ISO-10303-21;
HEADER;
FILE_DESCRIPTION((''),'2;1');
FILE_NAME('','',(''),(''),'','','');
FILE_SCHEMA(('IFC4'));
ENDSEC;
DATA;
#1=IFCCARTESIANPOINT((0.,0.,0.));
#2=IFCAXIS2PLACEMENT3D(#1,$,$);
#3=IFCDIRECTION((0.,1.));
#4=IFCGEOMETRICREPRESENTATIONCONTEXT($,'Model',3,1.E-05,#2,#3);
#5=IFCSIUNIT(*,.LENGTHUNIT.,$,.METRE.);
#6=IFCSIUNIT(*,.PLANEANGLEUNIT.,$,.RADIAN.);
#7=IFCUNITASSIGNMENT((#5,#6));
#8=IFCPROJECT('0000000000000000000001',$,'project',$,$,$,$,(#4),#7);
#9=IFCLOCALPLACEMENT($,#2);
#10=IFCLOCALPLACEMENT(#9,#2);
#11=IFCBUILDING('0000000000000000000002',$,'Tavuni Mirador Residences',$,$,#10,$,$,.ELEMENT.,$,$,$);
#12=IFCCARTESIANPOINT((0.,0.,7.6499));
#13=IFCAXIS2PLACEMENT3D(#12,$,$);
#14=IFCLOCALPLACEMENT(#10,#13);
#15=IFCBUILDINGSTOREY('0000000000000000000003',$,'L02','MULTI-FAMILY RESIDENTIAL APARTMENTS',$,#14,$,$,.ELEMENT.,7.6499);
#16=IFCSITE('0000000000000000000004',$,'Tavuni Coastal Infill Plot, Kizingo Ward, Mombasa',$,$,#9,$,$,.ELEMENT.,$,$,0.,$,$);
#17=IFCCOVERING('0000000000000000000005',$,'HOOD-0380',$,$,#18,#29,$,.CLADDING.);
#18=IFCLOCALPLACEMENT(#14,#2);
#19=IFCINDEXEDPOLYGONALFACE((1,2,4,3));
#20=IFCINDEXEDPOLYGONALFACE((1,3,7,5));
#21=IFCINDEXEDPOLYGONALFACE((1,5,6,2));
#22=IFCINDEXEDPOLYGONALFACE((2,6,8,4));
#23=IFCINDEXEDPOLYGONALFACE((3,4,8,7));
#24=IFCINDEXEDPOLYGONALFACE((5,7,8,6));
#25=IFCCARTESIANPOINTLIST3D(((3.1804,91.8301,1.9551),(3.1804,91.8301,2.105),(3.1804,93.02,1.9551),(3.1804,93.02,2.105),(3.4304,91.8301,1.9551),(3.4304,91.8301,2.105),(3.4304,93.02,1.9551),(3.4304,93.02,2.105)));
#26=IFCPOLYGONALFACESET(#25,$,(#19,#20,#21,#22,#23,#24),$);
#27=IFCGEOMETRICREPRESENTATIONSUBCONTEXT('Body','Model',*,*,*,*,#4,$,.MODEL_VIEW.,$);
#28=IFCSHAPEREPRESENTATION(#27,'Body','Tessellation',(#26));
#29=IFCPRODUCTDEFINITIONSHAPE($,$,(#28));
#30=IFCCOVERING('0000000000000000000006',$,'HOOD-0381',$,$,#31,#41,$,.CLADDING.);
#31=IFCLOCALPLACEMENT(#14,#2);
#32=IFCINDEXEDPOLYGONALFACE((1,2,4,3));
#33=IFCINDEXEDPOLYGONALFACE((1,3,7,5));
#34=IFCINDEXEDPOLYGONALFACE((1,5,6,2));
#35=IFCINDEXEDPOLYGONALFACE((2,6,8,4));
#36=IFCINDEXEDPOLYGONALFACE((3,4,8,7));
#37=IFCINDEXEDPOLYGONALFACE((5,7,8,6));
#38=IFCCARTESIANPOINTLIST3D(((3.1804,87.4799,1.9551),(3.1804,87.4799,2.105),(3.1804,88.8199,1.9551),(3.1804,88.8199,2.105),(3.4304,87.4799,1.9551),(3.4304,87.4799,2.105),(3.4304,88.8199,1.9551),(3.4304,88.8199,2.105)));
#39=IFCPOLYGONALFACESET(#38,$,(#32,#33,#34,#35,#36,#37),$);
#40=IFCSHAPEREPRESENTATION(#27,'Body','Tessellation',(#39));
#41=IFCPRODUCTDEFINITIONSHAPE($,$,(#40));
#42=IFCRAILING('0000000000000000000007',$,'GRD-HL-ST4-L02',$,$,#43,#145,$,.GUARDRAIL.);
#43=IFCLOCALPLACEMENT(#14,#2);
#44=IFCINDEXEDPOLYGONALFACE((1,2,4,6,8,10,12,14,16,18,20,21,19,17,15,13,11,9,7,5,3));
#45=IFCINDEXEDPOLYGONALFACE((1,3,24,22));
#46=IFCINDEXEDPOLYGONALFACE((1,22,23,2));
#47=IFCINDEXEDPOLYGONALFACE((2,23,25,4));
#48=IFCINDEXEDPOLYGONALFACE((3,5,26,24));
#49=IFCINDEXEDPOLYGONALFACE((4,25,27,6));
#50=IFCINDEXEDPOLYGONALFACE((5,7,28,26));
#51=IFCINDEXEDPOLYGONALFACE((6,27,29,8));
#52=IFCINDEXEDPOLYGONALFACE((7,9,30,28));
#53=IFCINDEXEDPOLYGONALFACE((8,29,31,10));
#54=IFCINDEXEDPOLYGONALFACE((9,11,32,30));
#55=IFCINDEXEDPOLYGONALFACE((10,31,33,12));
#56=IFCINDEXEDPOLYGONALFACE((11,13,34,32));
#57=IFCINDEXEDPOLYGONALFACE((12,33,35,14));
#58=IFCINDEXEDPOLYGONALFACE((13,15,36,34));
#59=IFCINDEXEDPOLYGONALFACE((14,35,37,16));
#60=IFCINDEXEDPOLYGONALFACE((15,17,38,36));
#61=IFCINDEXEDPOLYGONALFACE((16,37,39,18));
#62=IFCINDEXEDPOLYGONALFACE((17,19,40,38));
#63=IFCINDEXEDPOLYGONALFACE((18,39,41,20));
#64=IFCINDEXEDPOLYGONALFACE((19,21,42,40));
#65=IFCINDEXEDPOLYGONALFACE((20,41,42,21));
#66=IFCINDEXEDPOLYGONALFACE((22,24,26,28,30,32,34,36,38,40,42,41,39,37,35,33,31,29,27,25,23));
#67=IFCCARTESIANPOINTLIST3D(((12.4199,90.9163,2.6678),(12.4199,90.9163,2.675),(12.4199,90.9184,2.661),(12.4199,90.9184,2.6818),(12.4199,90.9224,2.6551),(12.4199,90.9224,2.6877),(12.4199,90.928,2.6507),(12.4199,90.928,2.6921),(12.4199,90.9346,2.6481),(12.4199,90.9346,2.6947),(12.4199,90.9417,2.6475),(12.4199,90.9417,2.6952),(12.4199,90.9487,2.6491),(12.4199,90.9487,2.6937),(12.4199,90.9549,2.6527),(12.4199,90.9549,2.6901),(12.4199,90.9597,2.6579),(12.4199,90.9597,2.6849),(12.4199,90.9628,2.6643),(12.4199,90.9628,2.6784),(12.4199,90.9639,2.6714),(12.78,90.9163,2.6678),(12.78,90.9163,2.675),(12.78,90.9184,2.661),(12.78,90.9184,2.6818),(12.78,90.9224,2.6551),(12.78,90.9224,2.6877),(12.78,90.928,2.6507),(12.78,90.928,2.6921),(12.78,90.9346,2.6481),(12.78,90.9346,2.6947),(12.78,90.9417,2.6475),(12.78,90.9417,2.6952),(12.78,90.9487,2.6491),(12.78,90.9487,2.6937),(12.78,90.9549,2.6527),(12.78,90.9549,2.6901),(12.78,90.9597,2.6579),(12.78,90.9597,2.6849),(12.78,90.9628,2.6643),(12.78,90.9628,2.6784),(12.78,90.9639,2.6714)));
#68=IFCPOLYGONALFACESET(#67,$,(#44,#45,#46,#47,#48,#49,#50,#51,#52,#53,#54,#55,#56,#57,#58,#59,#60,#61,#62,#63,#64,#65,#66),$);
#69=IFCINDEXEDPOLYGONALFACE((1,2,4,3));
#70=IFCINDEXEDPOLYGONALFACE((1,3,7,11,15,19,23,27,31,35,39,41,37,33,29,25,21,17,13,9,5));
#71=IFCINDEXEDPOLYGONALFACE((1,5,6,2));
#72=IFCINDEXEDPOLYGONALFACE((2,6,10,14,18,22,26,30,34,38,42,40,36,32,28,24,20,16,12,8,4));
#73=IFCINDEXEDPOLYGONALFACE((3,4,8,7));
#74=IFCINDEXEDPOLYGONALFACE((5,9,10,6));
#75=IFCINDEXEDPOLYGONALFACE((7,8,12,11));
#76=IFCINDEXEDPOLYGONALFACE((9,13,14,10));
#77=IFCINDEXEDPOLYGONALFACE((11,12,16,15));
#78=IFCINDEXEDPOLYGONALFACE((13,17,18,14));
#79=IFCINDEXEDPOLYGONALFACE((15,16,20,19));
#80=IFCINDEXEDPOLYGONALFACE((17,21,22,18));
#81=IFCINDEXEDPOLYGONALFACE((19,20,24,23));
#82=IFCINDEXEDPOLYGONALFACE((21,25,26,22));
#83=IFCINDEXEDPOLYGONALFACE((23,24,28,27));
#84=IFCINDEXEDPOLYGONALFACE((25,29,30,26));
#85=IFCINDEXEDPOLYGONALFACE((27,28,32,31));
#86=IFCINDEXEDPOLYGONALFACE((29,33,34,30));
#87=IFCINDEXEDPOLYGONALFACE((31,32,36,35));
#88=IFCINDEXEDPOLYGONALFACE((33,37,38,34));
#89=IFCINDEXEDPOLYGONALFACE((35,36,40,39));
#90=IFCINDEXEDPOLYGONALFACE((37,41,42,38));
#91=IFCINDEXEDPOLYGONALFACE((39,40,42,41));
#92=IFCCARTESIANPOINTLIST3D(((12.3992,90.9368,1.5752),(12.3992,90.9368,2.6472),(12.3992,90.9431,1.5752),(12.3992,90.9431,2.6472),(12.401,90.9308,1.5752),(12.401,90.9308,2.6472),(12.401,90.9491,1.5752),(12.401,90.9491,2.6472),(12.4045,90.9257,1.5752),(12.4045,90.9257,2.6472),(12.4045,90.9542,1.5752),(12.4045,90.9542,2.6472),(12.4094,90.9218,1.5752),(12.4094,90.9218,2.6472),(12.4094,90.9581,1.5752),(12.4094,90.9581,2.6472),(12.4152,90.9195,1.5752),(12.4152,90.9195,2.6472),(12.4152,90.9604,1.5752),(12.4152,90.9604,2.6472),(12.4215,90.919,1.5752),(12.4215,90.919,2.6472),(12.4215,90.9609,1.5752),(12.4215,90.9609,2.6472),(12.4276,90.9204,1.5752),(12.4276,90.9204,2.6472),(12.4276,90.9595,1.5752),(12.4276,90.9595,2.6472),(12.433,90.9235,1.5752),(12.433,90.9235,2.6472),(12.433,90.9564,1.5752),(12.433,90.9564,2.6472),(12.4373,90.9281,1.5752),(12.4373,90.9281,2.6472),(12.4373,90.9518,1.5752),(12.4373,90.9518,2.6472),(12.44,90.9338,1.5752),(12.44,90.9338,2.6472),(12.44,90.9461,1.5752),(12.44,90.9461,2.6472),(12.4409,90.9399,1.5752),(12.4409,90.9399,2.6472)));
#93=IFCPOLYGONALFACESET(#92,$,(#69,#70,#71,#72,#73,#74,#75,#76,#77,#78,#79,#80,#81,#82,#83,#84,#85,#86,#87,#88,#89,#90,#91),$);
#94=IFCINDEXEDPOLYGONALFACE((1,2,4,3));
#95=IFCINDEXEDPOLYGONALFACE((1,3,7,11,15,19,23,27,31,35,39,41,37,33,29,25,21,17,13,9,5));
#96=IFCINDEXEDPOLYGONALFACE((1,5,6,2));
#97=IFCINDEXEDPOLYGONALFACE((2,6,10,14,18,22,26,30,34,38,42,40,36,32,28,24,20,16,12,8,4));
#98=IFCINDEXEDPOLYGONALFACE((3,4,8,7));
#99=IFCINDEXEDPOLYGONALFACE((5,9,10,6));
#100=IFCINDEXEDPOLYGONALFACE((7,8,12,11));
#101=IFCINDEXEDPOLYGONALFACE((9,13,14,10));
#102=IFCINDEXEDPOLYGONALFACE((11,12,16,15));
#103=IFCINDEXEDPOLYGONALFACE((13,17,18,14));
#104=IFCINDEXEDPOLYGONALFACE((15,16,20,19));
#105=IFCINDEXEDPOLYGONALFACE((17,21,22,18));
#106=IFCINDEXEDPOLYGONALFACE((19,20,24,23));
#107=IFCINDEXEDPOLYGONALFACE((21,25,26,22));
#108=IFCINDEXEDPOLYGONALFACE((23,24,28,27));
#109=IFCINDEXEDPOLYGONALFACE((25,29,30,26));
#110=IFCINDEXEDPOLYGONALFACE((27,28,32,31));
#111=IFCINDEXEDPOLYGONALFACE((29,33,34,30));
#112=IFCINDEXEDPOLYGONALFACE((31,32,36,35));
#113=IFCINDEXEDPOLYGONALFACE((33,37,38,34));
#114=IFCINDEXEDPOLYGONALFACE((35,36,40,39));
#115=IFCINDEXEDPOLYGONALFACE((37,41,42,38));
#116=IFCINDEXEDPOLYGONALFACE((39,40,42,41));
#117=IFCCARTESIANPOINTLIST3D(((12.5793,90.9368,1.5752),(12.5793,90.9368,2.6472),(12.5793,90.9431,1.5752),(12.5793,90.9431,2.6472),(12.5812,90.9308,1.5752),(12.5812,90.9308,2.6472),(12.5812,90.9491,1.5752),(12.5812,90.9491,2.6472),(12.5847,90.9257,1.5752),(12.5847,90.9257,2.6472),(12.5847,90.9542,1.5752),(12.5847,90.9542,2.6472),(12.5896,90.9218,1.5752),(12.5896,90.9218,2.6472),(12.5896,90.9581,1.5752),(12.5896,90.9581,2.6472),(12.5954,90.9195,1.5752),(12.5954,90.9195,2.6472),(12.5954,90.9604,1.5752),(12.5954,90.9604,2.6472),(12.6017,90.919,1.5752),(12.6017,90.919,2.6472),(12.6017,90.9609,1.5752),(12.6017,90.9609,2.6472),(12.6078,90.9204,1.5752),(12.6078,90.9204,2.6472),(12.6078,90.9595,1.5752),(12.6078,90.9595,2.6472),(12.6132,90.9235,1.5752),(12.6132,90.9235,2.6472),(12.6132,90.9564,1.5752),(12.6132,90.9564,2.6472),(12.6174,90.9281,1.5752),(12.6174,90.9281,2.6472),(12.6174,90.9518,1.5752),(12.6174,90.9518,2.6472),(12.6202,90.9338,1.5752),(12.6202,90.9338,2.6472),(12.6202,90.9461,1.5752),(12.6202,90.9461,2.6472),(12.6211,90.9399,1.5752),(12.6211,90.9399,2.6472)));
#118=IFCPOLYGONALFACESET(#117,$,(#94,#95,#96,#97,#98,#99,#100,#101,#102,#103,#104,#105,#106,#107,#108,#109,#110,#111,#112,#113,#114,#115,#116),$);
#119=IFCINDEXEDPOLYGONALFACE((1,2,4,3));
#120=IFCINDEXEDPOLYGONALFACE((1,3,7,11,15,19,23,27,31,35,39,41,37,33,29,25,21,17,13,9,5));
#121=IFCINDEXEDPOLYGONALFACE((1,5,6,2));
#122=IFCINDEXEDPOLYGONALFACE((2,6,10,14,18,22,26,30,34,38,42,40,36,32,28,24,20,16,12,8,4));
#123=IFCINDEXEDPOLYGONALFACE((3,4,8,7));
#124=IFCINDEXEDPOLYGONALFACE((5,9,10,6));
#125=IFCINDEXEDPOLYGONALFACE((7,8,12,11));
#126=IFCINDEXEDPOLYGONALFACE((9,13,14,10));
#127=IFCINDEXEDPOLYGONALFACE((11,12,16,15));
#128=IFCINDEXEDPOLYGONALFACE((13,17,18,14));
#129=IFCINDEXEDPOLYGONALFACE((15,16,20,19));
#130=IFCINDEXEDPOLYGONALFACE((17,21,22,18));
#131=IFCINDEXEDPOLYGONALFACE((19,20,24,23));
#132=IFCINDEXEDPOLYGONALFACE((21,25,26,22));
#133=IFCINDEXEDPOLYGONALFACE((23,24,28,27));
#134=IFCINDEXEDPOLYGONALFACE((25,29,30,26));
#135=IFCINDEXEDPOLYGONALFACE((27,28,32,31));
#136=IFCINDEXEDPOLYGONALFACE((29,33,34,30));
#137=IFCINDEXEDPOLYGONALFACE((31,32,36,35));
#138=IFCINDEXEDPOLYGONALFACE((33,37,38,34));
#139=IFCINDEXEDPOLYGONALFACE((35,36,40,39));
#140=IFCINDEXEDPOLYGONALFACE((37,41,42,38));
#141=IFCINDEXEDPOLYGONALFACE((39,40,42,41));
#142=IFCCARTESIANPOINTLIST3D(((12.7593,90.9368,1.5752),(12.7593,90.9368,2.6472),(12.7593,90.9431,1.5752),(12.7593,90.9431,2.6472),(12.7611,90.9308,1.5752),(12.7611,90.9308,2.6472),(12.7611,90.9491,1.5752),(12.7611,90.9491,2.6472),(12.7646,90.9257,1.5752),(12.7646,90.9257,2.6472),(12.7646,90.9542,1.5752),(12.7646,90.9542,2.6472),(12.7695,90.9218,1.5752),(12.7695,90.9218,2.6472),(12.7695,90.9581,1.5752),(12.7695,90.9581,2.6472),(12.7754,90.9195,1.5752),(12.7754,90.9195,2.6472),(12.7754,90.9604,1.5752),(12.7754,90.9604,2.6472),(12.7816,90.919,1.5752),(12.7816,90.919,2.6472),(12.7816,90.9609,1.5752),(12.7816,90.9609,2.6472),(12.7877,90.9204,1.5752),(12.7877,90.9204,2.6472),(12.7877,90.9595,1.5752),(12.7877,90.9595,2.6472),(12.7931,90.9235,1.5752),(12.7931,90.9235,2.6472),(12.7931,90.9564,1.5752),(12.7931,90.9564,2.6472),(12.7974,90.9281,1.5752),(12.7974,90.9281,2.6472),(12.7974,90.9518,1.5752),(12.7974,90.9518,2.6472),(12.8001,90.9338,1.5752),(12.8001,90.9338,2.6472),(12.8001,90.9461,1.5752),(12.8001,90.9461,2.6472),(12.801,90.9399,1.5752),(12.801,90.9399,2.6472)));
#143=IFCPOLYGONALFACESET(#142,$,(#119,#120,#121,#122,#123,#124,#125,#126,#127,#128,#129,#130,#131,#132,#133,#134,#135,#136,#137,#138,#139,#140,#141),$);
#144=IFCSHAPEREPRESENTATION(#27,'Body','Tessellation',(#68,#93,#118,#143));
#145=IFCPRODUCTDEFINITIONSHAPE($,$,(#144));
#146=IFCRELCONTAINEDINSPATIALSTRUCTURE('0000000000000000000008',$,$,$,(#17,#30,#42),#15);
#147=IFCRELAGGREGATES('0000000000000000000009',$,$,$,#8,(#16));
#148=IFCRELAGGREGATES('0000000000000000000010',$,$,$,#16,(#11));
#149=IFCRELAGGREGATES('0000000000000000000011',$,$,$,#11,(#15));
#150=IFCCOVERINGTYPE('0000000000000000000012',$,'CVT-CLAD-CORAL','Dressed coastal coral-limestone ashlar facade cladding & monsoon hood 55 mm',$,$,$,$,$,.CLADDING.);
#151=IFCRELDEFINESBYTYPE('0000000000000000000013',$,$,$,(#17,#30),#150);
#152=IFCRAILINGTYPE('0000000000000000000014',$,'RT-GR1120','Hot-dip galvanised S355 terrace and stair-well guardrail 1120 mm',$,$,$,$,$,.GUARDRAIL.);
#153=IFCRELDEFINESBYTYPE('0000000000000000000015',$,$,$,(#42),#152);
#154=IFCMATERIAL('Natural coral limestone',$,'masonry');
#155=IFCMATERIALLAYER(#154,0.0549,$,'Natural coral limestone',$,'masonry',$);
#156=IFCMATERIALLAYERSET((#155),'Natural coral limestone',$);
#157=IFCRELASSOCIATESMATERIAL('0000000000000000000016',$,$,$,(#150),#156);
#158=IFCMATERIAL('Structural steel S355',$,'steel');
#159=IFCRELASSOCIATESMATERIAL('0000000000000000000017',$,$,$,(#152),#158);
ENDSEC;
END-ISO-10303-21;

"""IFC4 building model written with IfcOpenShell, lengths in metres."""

from ifc_helpers import new_model, si_unit, direction, frame, origin, origin_2d, place, context, subcontext, project, spatial, rectangle, circle, extrude, material, layer, layer_set, type_object, element, save


model = new_model("IFC4")

# Units and contexts
model_context = context("Model", 3, precision=1e-05, world=origin(), true_north=direction((0.0, 1.0)))
body_context = subcontext(model_context, "Body", "Model", "MODEL_VIEW")
ifc_project = project(units=[si_unit("LENGTHUNIT", "METRE"), si_unit("PLANEANGLEUNIT", "RADIAN")], contexts=[model_context])

# Site, building, storey
site_placement = place(None, origin())
site = spatial("IfcSite", under=ifc_project, at=site_placement, Name="Tavuni Coastal Infill Plot, Kizingo Ward, Mombasa", CompositionType="ELEMENT", RefElevation=0.0)
building_placement = place(site_placement, origin())
building = spatial("IfcBuilding", under=site, at=building_placement, Name="Tavuni Mirador Residences", CompositionType="ELEMENT")
storey_placement = place(building_placement, frame((0.0, 0.0, 7.6499)))
storey = spatial("IfcBuildingStorey", under=building, at=storey_placement, Name="L02", Description="MULTI-FAMILY RESIDENTIAL APARTMENTS", CompositionType="ELEMENT", Elevation=7.6499)

# Coverings
ifc_material_1 = material(Name="Natural coral limestone", Category="masonry")
ifc_layer_1 = layer(ifc_material_1, 0.0549, Name="Natural coral limestone", Category="masonry")
ifc_layer_set_1 = layer_set([ifc_layer_1], Name="Natural coral limestone")
covering_type = type_object("IfcCoveringType", Name="CVT-CLAD-CORAL", Description="Dressed coastal coral-limestone ashlar facade cladding & monsoon hood 55 mm", PredefinedType="CLADDING", material=ifc_layer_set_1)
covering_1_placement = place(storey_placement, frame((3.3054, 92.425, 1.9551), z_axis=(0.0, 0.0, 1.0), x_axis=(0.0, -1.0, 0.0)))
element("IfcCovering", 1, at=covering_1_placement, inside=storey, type_object=covering_type, Name="HOOD-0380", PredefinedType="CLADDING", context=body_context, shape_type="SweptSolid", body=[
    extrude(rectangle(XDim=1.1899, YDim=0.25, at=origin_2d()), origin(), (0.0, 0.0, 1.0), 0.1499),
])
covering_2_placement = place(storey_placement, frame((3.3054, 88.1499, 1.9551), z_axis=(0.0, 0.0, 1.0), x_axis=(0.0, -1.0, 0.0)))
element("IfcCovering", 2, at=covering_2_placement, inside=storey, type_object=covering_type, Name="HOOD-0381", PredefinedType="CLADDING", context=body_context, shape_type="SweptSolid", body=[
    extrude(rectangle(XDim=1.3401, YDim=0.25, at=origin_2d()), origin(), (0.0, 0.0, 1.0), 0.1499),
])

# Railing
ifc_material_2 = material(Name="Structural steel S355", Category="steel")
railing_type_1 = type_object("IfcRailingType", Name="RT-GR1120", Description="Hot-dip galvanised S355 terrace and stair-well guardrail 1120 mm", PredefinedType="GUARDRAIL", material=ifc_material_2)
railing_1_placement = place(storey_placement, frame((12.4199, 90.9399, 1.5752)))
element("IfcRailing", 3, at=railing_1_placement, inside=storey, type_object=railing_type_1, Name="GRD-HL-ST4-L02", PredefinedType="GUARDRAIL", context=body_context, shape_type="SweptSolid", body=[
    extrude(circle(Radius=0.0239, at=origin_2d()), frame((0.0, 0.0, 1.0962), z_axis=(1.0, 0.0, 0.0), x_axis=(0.0, 1.0, 0.0)), (0.0, 0.0, 1.0), 0.3601),
    extrude(circle(Radius=0.021, at=origin_2d()), origin(), (0.0, 0.0, 1.0), 1.072),
    extrude(circle(Radius=0.021, at=origin_2d()), frame((0.1802, 0.0, 0.0)), (0.0, 0.0, 1.0), 1.072),
    extrude(circle(Radius=0.021, at=origin_2d()), frame((0.3601, 0.0, 0.0)), (0.0, 0.0, 1.0), 1.072),
])

save(model, "model.ifc")
